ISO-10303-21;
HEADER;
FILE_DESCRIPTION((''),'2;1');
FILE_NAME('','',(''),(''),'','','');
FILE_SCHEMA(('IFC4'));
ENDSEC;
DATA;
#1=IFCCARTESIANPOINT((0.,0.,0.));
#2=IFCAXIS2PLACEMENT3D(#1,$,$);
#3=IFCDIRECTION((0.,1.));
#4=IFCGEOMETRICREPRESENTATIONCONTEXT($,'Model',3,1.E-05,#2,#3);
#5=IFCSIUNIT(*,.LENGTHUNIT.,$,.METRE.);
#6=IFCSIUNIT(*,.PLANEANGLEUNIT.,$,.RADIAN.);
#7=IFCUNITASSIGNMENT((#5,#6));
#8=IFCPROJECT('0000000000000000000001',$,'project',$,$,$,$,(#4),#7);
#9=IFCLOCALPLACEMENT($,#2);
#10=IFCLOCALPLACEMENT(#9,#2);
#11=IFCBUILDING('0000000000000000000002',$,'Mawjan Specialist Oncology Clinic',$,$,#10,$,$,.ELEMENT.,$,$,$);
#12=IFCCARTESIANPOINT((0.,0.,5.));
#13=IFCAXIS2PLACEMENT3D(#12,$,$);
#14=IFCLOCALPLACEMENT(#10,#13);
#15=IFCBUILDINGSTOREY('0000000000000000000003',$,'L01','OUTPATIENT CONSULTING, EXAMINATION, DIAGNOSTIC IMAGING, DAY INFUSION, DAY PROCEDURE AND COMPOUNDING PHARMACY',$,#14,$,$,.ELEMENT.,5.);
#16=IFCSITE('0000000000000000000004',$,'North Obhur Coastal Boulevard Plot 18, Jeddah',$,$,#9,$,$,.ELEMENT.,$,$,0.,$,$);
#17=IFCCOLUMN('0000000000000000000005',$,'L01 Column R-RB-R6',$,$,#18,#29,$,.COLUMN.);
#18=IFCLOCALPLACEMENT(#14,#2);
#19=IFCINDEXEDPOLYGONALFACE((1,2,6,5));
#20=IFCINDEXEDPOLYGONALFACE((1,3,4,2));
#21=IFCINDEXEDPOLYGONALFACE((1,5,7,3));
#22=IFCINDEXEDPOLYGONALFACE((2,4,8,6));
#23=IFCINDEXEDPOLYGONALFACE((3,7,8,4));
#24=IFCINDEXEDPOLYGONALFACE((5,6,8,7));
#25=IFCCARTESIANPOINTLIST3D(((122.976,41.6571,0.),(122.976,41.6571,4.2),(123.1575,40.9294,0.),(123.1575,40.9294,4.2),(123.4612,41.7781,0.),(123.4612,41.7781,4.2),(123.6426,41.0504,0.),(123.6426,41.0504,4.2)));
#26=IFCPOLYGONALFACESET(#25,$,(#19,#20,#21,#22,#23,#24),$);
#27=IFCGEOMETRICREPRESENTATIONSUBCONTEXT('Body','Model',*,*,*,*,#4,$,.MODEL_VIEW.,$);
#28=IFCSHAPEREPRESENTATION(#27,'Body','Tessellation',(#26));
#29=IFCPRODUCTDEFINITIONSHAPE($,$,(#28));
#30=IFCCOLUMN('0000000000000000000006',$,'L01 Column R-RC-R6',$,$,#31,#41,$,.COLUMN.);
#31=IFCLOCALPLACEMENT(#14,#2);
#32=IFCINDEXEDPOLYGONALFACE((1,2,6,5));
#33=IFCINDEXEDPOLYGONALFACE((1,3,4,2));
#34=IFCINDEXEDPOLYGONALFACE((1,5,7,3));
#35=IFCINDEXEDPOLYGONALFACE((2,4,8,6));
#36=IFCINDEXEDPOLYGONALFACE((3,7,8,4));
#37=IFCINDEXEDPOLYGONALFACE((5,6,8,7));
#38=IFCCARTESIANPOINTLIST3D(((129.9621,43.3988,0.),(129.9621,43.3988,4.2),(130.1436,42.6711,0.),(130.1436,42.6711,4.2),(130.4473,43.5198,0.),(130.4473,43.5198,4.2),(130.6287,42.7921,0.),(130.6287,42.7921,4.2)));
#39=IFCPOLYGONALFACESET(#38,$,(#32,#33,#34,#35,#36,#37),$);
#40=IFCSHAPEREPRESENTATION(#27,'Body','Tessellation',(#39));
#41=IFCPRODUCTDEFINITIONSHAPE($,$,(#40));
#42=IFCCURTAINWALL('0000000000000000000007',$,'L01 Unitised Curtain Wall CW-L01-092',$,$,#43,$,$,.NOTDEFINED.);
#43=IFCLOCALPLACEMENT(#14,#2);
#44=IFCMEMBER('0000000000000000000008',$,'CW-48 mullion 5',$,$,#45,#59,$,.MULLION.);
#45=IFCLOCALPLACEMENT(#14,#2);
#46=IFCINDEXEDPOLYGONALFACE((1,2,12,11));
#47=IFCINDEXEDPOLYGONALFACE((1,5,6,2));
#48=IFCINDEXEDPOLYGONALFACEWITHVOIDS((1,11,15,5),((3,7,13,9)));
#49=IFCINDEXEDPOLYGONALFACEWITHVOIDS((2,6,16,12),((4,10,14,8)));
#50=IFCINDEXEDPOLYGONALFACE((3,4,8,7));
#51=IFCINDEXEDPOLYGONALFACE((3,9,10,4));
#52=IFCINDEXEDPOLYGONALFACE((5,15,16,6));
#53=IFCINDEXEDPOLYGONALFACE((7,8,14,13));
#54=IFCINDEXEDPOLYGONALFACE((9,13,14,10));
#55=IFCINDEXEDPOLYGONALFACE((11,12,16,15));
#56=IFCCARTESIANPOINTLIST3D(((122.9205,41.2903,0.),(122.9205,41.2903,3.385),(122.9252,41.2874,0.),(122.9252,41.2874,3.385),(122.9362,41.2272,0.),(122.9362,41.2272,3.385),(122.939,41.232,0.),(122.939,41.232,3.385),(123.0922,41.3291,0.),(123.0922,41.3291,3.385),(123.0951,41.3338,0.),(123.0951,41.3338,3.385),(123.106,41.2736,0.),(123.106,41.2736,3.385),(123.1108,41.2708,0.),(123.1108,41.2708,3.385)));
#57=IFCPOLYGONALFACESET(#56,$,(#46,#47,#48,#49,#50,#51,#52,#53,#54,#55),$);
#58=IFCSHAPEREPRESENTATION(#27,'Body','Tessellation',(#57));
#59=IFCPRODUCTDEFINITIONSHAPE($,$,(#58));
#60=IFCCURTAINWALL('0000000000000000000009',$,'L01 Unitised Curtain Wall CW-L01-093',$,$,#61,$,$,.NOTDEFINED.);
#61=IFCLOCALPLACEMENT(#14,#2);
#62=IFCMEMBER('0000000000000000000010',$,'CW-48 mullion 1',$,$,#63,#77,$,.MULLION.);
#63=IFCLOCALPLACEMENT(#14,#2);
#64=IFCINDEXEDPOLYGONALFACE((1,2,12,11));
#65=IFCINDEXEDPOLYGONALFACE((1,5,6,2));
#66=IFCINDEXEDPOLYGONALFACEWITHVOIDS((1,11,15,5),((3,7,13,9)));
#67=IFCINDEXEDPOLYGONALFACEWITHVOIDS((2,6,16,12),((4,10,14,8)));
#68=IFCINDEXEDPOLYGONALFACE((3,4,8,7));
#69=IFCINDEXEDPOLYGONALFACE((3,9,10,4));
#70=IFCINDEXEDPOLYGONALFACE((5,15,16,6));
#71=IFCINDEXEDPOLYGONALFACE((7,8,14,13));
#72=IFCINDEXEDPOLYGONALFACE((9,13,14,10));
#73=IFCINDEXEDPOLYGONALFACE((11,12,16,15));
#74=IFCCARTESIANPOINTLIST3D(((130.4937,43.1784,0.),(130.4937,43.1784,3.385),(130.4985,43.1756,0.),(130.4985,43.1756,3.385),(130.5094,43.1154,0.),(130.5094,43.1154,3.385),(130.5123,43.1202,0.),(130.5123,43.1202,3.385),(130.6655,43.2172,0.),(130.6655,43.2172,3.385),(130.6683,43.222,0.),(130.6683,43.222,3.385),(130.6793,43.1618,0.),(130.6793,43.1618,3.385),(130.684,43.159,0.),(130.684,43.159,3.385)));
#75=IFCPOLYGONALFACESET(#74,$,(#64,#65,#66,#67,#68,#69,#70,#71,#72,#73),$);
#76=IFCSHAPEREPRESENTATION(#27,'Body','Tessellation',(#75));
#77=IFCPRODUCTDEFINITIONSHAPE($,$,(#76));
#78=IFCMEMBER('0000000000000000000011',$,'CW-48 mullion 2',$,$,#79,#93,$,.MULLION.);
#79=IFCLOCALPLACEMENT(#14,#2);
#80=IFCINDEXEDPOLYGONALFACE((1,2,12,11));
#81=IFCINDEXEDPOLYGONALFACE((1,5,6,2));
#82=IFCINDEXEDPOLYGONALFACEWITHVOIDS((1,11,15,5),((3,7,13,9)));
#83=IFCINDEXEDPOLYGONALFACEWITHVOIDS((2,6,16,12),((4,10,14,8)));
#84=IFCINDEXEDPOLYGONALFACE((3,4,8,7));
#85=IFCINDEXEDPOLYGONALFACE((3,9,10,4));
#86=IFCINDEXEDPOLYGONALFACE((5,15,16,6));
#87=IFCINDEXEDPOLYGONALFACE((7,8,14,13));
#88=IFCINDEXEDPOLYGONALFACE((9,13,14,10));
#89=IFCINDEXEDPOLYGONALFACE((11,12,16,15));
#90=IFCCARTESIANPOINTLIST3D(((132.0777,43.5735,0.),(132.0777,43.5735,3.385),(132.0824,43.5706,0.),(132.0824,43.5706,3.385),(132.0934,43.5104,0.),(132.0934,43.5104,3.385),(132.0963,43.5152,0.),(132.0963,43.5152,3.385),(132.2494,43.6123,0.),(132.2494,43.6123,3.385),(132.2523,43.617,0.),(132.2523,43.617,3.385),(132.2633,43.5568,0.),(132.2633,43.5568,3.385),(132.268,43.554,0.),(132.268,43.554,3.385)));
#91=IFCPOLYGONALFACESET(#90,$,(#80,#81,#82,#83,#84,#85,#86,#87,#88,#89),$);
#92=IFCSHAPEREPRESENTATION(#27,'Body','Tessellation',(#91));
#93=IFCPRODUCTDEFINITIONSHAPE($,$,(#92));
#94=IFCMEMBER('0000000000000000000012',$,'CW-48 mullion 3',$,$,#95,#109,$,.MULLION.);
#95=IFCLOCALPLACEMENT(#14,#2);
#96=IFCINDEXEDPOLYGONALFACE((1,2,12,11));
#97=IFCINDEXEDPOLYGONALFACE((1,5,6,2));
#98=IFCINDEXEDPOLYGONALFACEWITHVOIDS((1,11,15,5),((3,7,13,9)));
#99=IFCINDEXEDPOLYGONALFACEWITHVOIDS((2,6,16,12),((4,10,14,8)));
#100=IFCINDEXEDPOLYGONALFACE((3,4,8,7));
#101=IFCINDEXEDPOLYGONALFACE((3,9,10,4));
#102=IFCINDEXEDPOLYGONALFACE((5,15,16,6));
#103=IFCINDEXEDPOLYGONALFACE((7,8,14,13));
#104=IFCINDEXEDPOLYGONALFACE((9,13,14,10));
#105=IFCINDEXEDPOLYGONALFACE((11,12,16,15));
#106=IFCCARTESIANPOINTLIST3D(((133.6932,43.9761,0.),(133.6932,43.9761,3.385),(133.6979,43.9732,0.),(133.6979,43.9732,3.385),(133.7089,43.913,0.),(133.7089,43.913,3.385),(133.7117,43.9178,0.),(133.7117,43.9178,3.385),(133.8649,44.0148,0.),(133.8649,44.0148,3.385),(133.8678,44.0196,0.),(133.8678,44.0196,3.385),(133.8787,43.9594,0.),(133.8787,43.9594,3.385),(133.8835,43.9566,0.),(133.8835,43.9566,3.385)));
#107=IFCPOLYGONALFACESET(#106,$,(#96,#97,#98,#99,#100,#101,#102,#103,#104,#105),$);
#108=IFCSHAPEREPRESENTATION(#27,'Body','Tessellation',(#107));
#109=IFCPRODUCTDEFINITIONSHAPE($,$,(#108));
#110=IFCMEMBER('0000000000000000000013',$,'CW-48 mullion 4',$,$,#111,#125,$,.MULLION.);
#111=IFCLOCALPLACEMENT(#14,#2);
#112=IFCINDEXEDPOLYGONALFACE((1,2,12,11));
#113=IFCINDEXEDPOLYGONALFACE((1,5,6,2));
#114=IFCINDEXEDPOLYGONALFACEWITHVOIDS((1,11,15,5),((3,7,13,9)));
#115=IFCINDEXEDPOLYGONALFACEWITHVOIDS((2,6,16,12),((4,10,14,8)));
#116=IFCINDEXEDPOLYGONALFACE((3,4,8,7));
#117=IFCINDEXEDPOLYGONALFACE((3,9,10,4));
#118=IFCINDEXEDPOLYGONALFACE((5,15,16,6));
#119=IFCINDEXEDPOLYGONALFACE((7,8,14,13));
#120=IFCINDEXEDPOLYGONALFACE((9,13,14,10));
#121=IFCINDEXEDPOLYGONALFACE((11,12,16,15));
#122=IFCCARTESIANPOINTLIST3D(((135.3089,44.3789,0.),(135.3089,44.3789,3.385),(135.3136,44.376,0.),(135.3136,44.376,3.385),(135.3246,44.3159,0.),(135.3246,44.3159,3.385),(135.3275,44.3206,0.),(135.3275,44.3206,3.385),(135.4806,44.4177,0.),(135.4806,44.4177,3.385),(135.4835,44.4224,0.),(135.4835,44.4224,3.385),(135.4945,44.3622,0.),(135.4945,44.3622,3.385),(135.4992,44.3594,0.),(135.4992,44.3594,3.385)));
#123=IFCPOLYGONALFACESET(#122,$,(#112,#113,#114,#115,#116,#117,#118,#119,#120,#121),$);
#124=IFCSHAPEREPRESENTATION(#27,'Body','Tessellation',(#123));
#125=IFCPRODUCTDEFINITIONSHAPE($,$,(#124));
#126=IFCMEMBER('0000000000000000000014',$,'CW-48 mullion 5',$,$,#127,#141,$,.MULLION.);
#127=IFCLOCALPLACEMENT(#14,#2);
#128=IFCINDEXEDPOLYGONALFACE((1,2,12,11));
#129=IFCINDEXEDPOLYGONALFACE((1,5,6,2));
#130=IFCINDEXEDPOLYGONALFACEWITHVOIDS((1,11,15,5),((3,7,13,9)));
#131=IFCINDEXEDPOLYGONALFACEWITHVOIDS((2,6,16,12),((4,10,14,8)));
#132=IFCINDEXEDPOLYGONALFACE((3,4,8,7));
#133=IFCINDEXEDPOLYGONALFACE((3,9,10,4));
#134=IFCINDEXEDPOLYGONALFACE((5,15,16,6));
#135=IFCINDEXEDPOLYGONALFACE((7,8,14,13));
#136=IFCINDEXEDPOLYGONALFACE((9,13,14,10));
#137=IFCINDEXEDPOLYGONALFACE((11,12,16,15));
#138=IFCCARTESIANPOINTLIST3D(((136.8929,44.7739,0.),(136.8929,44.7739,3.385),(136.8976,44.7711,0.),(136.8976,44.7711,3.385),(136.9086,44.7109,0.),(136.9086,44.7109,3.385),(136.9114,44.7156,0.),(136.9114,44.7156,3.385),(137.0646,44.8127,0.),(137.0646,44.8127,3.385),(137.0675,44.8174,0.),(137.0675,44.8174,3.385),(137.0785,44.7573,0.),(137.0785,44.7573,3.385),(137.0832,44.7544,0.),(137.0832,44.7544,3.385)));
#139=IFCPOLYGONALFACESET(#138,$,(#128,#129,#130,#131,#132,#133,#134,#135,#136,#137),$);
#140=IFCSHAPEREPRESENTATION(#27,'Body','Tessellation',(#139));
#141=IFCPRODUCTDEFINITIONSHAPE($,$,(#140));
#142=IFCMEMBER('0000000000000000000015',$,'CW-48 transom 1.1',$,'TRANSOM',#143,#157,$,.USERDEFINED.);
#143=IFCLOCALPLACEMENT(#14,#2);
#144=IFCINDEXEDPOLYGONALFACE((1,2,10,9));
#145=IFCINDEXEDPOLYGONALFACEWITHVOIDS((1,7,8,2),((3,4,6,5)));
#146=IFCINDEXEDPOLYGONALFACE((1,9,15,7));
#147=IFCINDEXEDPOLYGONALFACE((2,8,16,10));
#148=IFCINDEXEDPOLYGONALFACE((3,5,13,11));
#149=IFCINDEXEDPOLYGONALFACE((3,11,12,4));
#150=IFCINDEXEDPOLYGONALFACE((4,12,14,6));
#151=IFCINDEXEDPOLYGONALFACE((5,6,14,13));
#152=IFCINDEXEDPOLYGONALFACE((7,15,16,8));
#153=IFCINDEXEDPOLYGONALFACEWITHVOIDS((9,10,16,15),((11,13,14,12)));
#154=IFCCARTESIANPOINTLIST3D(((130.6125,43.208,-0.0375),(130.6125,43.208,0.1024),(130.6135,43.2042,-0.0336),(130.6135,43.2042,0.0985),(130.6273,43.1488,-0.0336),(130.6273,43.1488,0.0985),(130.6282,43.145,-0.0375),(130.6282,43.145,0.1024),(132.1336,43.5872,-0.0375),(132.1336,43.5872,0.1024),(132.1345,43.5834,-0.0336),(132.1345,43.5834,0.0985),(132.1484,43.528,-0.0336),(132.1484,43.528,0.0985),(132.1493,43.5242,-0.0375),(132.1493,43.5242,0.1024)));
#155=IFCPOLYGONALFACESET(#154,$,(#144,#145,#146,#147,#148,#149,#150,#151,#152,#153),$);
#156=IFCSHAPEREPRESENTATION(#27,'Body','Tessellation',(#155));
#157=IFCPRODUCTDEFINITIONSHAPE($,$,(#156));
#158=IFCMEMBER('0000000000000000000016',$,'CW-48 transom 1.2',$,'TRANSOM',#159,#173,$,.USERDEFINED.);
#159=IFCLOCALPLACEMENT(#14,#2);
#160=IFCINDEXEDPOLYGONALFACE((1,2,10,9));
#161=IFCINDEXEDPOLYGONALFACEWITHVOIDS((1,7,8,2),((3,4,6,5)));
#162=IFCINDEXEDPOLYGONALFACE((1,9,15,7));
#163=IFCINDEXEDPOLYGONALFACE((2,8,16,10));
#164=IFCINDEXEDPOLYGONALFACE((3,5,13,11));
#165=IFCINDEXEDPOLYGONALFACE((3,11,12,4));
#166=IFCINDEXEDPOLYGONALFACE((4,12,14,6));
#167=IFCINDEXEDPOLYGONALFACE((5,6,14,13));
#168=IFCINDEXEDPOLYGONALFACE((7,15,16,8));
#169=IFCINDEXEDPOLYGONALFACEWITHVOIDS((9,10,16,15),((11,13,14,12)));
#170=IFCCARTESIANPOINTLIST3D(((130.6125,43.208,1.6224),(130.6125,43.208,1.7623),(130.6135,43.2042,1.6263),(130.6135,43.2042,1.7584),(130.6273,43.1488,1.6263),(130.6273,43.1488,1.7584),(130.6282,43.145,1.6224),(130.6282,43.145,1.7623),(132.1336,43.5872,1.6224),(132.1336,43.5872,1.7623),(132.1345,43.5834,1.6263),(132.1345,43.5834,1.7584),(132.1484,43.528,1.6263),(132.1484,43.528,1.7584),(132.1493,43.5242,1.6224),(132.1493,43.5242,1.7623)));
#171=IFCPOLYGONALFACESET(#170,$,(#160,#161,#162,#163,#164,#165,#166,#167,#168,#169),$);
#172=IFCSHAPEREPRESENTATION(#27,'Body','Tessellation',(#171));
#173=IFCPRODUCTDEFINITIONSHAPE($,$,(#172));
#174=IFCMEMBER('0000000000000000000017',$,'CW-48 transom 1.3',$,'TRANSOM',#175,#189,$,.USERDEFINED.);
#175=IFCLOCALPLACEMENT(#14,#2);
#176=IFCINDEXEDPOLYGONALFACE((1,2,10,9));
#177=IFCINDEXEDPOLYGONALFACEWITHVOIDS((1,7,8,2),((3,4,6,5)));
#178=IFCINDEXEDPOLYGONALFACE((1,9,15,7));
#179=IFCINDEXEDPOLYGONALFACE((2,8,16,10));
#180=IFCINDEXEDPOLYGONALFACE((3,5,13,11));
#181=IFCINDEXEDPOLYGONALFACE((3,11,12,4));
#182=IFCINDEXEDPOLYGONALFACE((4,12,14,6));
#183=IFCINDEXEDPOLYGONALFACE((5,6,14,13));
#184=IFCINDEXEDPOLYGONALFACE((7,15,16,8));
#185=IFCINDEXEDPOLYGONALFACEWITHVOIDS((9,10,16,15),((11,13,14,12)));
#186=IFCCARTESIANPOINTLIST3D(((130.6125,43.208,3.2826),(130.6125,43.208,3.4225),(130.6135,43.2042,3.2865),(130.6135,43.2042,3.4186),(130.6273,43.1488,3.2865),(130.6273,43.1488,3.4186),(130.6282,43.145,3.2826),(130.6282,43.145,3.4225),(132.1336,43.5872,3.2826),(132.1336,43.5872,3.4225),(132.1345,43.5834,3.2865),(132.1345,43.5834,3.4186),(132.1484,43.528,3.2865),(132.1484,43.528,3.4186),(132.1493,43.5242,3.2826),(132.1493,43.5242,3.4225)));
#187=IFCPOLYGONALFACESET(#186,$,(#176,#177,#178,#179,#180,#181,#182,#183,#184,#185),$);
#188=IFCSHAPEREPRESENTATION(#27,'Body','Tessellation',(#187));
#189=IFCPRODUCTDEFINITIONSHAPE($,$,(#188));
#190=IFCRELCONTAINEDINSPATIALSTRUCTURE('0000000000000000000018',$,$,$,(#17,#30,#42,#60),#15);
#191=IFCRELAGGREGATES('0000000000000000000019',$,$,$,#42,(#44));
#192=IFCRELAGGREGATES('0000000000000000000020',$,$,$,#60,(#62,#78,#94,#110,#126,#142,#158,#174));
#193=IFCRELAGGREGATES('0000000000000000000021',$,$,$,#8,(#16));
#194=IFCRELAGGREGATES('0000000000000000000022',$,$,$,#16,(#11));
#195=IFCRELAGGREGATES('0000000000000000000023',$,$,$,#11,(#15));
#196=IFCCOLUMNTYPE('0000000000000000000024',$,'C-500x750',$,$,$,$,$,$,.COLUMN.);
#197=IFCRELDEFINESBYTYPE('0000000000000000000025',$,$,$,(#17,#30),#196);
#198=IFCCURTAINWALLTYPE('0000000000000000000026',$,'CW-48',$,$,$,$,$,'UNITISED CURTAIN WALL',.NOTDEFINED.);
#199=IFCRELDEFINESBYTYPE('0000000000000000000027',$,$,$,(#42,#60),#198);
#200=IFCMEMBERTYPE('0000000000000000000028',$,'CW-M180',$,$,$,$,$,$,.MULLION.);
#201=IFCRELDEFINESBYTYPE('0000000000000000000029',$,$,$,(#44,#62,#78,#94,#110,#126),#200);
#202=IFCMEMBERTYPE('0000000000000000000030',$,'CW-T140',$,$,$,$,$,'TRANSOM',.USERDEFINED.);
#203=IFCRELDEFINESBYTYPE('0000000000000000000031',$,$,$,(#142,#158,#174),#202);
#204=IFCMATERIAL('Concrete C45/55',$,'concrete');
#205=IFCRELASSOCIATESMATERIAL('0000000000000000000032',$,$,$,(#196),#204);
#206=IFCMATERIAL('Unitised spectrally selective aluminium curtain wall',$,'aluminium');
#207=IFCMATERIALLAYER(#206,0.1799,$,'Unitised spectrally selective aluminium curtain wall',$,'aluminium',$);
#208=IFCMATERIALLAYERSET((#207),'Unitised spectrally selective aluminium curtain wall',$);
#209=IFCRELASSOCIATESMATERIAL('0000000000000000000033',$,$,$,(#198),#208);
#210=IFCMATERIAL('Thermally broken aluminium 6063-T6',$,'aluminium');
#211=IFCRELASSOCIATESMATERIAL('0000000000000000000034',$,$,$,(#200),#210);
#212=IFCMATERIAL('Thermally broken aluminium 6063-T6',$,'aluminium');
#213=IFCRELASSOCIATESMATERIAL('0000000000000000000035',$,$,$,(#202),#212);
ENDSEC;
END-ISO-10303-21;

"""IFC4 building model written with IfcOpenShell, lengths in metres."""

from ifc_helpers import new_model, si_unit, direction, frame, origin, origin_2d, place, context, subcontext, project, spatial, rectangle, hollow_rectangle, extrude, material, layer, layer_set, material_profile, profile_set, type_object, element, aggregate, save


model = new_model("IFC4")

# Units and contexts
model_context = context("Model", 3, precision=1e-05, world=origin(), true_north=direction((0.0, 1.0)))
body_context = subcontext(model_context, "Body", "Model", "MODEL_VIEW")
ifc_project = project(units=[si_unit("LENGTHUNIT", "METRE"), si_unit("PLANEANGLEUNIT", "RADIAN")], contexts=[model_context])

# Site, building, storey
site_placement = place(None, origin())
site = spatial("IfcSite", under=ifc_project, at=site_placement, Name="North Obhur Coastal Boulevard Plot 18, Jeddah", CompositionType="ELEMENT", RefElevation=0.0)
building_placement = place(site_placement, origin())
building = spatial("IfcBuilding", under=site, at=building_placement, Name="Mawjan Specialist Oncology Clinic", CompositionType="ELEMENT")
storey_placement = place(building_placement, frame((0.0, 0.0, 5.0)))
storey = spatial("IfcBuildingStorey", under=building, at=storey_placement, Name="L01", Description="OUTPATIENT CONSULTING, EXAMINATION, DIAGNOSTIC IMAGING, DAY INFUSION, DAY PROCEDURE AND COMPOUNDING PHARMACY", CompositionType="ELEMENT", Elevation=5.0)

# Columns
ifc_material_1 = material(Name="Concrete C45/55", Category="concrete")
ifc_material_profile_1 = material_profile(ifc_material_1, rectangle(XDim=0.5, YDim=0.75, at=origin_2d()), Name="RC COL 500x750", Category="concrete")
ifc_profile_set_1 = profile_set([ifc_material_profile_1], Name="Concrete C45/55")
column_type = type_object("IfcColumnType", Name="C-500x750", PredefinedType="COLUMN", material=ifc_profile_set_1)
for number, where, z_axis, x_axis, name in (
    (1, (123.3093, 41.3538, 0.0), (0.0, 0.0, 1.0), (0.970296, 0.241922, 0.0), "L01 Column R-RB-R6"),
    (2, (130.2954, 43.0955, 0.0), (0.0, 0.0, 1.0), (0.970296, 0.241922, 0.0), "L01 Column R-RC-R6"),
):
    element("IfcColumn", number, at=place(storey_placement, frame(where, z_axis=z_axis, x_axis=x_axis)), inside=storey, type_object=column_type, Name=name, PredefinedType="COLUMN", context=body_context, shape_type="SweptSolid", body=[
        extrude(rectangle(XDim=0.5, YDim=0.75, at=origin_2d()), origin(), (0.0, 0.0, 1.0), 4.2),
    ])

# Curtain wall, member
ifc_material_2 = material(Name="Unitised spectrally selective aluminium curtain wall", Category="aluminium")
ifc_layer_1 = layer(ifc_material_2, 0.1799, Name="Unitised spectrally selective aluminium curtain wall", Category="aluminium")
ifc_layer_set_1 = layer_set([ifc_layer_1], Name="Unitised spectrally selective aluminium curtain wall")
curtain_wall_type = type_object("IfcCurtainWallType", Name="CW-48", ElementType="UNITISED CURTAIN WALL", PredefinedType="NOTDEFINED", material=ifc_layer_set_1)
curtain_wall_1_placement = place(storey_placement, origin())
curtain_wall_1 = element("IfcCurtainWall", 3, at=curtain_wall_1_placement, inside=storey, type_object=curtain_wall_type, Name="L01 Unitised Curtain Wall CW-L01-092", PredefinedType="NOTDEFINED")
ifc_material_3 = material(Name="Thermally broken aluminium 6063-T6", Category="aluminium")
ifc_material_profile_2 = material_profile(ifc_material_3, hollow_rectangle(XDim=0.0649, YDim=0.1799, WallThickness=0.0039, at=origin_2d()), Name="ALU MULLION 180x65x4", Category="aluminium")
ifc_profile_set_2 = profile_set([ifc_material_profile_2], Name="Thermally broken aluminium 6063-T6")
member_type_1 = type_object("IfcMemberType", Name="CW-M180", PredefinedType="MULLION", material=ifc_profile_set_2)
member_1_placement = place(storey_placement, frame((123.0156, 41.2805, 0.0), z_axis=(0.0, 0.0, 1.0), x_axis=(-0.241922, 0.970296, 0.0)))
member_1 = element("IfcMember", 4, at=member_1_placement, type_object=member_type_1, Name="CW-48 mullion 5", PredefinedType="MULLION", context=body_context, shape_type="SweptSolid", body=[
    extrude(hollow_rectangle(XDim=0.0649, YDim=0.1799, WallThickness=0.0039, at=origin_2d()), origin(), (0.0, 0.0, 1.0), 3.385),
])
aggregate(curtain_wall_1, [member_1])

# Curtain wall, members
curtain_wall_2_placement = place(storey_placement, origin())
curtain_wall_2 = element("IfcCurtainWall", 5, at=curtain_wall_2_placement, inside=storey, type_object=curtain_wall_type, Name="L01 Unitised Curtain Wall CW-L01-093", PredefinedType="NOTDEFINED")
member_2_placement = place(storey_placement, frame((130.5889, 43.1687, 0.0), z_axis=(0.0, 0.0, 1.0), x_axis=(-0.241922, 0.970296, 0.0)))
member_2 = element("IfcMember", 6, at=member_2_placement, type_object=member_type_1, Name="CW-48 mullion 1", PredefinedType="MULLION", context=body_context, shape_type="SweptSolid", body=[
    extrude(hollow_rectangle(XDim=0.0649, YDim=0.1799, WallThickness=0.0039, at=origin_2d()), origin(), (0.0, 0.0, 1.0), 3.385),
])
member_3_placement = place(storey_placement, frame((132.1729, 43.5637, 0.0), z_axis=(0.0, 0.0, 1.0), x_axis=(-0.241922, 0.970296, 0.0)))
member_3 = element("IfcMember", 7, at=member_3_placement, type_object=member_type_1, Name="CW-48 mullion 2", PredefinedType="MULLION", context=body_context, shape_type="SweptSolid", body=[
    extrude(hollow_rectangle(XDim=0.0649, YDim=0.1799, WallThickness=0.0039, at=origin_2d()), origin(), (0.0, 0.0, 1.0), 3.385),
])
member_4_placement = place(storey_placement, frame((133.7883, 43.9663, 0.0), z_axis=(0.0, 0.0, 1.0), x_axis=(-0.241922, 0.970296, 0.0)))
member_4 = element("IfcMember", 8, at=member_4_placement, type_object=member_type_1, Name="CW-48 mullion 3", PredefinedType="MULLION", context=body_context, shape_type="SweptSolid", body=[
    extrude(hollow_rectangle(XDim=0.0649, YDim=0.1799, WallThickness=0.0039, at=origin_2d()), origin(), (0.0, 0.0, 1.0), 3.385),
])
member_5_placement = place(storey_placement, frame((135.4041, 44.3691, 0.0), z_axis=(0.0, 0.0, 1.0), x_axis=(-0.241922, 0.970296, 0.0)))
member_5 = element("IfcMember", 9, at=member_5_placement, type_object=member_type_1, Name="CW-48 mullion 4", PredefinedType="MULLION", context=body_context, shape_type="SweptSolid", body=[
    extrude(hollow_rectangle(XDim=0.0649, YDim=0.1799, WallThickness=0.0039, at=origin_2d()), origin(), (0.0, 0.0, 1.0), 3.385),
])
member_6_placement = place(storey_placement, frame((136.988, 44.7642, 0.0), z_axis=(0.0, 0.0, 1.0), x_axis=(-0.241922, 0.970296, 0.0)))
member_6 = element("IfcMember", 10, at=member_6_placement, type_object=member_type_1, Name="CW-48 mullion 5", PredefinedType="MULLION", context=body_context, shape_type="SweptSolid", body=[
    extrude(hollow_rectangle(XDim=0.0649, YDim=0.1799, WallThickness=0.0039, at=origin_2d()), origin(), (0.0, 0.0, 1.0), 3.385),
])
ifc_material_4 = material(Name="Thermally broken aluminium 6063-T6", Category="aluminium")
ifc_material_profile_3 = material_profile(ifc_material_4, hollow_rectangle(XDim=0.0649, YDim=0.1399, WallThickness=0.0039, at=origin_2d()), Name="ALU TRANSOM 140x65x4", Category="aluminium")
ifc_profile_set_3 = profile_set([ifc_material_profile_3], Name="Thermally broken aluminium 6063-T6")
member_type_2 = type_object("IfcMemberType", Name="CW-T140", ElementType="TRANSOM", PredefinedType="USERDEFINED", material=ifc_profile_set_3)
member_7_placement = place(storey_placement, frame((130.6204, 43.1765, 0.0325), z_axis=(0.970307, 0.241876, 0.0), x_axis=(-0.241876, 0.970307, 0.0)))
member_7 = element("IfcMember", 11, at=member_7_placement, type_object=member_type_2, Name="CW-48 transom 1.1", ObjectType="TRANSOM", PredefinedType="USERDEFINED", context=body_context, shape_type="SweptSolid", body=[
    extrude(hollow_rectangle(XDim=0.0649, YDim=0.1399, WallThickness=0.0039, at=origin_2d()), origin(), (0.0, 0.0, 1.0), 1.5676),
])
member_8_placement = place(storey_placement, frame((130.6204, 43.1765, 1.6924), z_axis=(0.970307, 0.241876, 0.0), x_axis=(-0.241876, 0.970307, 0.0)))
member_8 = element("IfcMember", 12, at=member_8_placement, type_object=member_type_2, Name="CW-48 transom 1.2", ObjectType="TRANSOM", PredefinedType="USERDEFINED", context=body_context, shape_type="SweptSolid", body=[
    extrude(hollow_rectangle(XDim=0.0649, YDim=0.1399, WallThickness=0.0039, at=origin_2d()), origin(), (0.0, 0.0, 1.0), 1.5676),
])
member_9_placement = place(storey_placement, frame((130.6204, 43.1765, 3.3525), z_axis=(0.970307, 0.241876, 0.0), x_axis=(-0.241876, 0.970307, 0.0)))
member_9 = element("IfcMember", 13, at=member_9_placement, type_object=member_type_2, Name="CW-48 transom 1.3", ObjectType="TRANSOM", PredefinedType="USERDEFINED", context=body_context, shape_type="SweptSolid", body=[
    extrude(hollow_rectangle(XDim=0.0649, YDim=0.1399, WallThickness=0.0039, at=origin_2d()), origin(), (0.0, 0.0, 1.0), 1.5676),
])

aggregate(curtain_wall_2, [member_2, member_3, member_4, member_5, member_6, member_7, member_8, member_9])

save(model, "model.ifc")
